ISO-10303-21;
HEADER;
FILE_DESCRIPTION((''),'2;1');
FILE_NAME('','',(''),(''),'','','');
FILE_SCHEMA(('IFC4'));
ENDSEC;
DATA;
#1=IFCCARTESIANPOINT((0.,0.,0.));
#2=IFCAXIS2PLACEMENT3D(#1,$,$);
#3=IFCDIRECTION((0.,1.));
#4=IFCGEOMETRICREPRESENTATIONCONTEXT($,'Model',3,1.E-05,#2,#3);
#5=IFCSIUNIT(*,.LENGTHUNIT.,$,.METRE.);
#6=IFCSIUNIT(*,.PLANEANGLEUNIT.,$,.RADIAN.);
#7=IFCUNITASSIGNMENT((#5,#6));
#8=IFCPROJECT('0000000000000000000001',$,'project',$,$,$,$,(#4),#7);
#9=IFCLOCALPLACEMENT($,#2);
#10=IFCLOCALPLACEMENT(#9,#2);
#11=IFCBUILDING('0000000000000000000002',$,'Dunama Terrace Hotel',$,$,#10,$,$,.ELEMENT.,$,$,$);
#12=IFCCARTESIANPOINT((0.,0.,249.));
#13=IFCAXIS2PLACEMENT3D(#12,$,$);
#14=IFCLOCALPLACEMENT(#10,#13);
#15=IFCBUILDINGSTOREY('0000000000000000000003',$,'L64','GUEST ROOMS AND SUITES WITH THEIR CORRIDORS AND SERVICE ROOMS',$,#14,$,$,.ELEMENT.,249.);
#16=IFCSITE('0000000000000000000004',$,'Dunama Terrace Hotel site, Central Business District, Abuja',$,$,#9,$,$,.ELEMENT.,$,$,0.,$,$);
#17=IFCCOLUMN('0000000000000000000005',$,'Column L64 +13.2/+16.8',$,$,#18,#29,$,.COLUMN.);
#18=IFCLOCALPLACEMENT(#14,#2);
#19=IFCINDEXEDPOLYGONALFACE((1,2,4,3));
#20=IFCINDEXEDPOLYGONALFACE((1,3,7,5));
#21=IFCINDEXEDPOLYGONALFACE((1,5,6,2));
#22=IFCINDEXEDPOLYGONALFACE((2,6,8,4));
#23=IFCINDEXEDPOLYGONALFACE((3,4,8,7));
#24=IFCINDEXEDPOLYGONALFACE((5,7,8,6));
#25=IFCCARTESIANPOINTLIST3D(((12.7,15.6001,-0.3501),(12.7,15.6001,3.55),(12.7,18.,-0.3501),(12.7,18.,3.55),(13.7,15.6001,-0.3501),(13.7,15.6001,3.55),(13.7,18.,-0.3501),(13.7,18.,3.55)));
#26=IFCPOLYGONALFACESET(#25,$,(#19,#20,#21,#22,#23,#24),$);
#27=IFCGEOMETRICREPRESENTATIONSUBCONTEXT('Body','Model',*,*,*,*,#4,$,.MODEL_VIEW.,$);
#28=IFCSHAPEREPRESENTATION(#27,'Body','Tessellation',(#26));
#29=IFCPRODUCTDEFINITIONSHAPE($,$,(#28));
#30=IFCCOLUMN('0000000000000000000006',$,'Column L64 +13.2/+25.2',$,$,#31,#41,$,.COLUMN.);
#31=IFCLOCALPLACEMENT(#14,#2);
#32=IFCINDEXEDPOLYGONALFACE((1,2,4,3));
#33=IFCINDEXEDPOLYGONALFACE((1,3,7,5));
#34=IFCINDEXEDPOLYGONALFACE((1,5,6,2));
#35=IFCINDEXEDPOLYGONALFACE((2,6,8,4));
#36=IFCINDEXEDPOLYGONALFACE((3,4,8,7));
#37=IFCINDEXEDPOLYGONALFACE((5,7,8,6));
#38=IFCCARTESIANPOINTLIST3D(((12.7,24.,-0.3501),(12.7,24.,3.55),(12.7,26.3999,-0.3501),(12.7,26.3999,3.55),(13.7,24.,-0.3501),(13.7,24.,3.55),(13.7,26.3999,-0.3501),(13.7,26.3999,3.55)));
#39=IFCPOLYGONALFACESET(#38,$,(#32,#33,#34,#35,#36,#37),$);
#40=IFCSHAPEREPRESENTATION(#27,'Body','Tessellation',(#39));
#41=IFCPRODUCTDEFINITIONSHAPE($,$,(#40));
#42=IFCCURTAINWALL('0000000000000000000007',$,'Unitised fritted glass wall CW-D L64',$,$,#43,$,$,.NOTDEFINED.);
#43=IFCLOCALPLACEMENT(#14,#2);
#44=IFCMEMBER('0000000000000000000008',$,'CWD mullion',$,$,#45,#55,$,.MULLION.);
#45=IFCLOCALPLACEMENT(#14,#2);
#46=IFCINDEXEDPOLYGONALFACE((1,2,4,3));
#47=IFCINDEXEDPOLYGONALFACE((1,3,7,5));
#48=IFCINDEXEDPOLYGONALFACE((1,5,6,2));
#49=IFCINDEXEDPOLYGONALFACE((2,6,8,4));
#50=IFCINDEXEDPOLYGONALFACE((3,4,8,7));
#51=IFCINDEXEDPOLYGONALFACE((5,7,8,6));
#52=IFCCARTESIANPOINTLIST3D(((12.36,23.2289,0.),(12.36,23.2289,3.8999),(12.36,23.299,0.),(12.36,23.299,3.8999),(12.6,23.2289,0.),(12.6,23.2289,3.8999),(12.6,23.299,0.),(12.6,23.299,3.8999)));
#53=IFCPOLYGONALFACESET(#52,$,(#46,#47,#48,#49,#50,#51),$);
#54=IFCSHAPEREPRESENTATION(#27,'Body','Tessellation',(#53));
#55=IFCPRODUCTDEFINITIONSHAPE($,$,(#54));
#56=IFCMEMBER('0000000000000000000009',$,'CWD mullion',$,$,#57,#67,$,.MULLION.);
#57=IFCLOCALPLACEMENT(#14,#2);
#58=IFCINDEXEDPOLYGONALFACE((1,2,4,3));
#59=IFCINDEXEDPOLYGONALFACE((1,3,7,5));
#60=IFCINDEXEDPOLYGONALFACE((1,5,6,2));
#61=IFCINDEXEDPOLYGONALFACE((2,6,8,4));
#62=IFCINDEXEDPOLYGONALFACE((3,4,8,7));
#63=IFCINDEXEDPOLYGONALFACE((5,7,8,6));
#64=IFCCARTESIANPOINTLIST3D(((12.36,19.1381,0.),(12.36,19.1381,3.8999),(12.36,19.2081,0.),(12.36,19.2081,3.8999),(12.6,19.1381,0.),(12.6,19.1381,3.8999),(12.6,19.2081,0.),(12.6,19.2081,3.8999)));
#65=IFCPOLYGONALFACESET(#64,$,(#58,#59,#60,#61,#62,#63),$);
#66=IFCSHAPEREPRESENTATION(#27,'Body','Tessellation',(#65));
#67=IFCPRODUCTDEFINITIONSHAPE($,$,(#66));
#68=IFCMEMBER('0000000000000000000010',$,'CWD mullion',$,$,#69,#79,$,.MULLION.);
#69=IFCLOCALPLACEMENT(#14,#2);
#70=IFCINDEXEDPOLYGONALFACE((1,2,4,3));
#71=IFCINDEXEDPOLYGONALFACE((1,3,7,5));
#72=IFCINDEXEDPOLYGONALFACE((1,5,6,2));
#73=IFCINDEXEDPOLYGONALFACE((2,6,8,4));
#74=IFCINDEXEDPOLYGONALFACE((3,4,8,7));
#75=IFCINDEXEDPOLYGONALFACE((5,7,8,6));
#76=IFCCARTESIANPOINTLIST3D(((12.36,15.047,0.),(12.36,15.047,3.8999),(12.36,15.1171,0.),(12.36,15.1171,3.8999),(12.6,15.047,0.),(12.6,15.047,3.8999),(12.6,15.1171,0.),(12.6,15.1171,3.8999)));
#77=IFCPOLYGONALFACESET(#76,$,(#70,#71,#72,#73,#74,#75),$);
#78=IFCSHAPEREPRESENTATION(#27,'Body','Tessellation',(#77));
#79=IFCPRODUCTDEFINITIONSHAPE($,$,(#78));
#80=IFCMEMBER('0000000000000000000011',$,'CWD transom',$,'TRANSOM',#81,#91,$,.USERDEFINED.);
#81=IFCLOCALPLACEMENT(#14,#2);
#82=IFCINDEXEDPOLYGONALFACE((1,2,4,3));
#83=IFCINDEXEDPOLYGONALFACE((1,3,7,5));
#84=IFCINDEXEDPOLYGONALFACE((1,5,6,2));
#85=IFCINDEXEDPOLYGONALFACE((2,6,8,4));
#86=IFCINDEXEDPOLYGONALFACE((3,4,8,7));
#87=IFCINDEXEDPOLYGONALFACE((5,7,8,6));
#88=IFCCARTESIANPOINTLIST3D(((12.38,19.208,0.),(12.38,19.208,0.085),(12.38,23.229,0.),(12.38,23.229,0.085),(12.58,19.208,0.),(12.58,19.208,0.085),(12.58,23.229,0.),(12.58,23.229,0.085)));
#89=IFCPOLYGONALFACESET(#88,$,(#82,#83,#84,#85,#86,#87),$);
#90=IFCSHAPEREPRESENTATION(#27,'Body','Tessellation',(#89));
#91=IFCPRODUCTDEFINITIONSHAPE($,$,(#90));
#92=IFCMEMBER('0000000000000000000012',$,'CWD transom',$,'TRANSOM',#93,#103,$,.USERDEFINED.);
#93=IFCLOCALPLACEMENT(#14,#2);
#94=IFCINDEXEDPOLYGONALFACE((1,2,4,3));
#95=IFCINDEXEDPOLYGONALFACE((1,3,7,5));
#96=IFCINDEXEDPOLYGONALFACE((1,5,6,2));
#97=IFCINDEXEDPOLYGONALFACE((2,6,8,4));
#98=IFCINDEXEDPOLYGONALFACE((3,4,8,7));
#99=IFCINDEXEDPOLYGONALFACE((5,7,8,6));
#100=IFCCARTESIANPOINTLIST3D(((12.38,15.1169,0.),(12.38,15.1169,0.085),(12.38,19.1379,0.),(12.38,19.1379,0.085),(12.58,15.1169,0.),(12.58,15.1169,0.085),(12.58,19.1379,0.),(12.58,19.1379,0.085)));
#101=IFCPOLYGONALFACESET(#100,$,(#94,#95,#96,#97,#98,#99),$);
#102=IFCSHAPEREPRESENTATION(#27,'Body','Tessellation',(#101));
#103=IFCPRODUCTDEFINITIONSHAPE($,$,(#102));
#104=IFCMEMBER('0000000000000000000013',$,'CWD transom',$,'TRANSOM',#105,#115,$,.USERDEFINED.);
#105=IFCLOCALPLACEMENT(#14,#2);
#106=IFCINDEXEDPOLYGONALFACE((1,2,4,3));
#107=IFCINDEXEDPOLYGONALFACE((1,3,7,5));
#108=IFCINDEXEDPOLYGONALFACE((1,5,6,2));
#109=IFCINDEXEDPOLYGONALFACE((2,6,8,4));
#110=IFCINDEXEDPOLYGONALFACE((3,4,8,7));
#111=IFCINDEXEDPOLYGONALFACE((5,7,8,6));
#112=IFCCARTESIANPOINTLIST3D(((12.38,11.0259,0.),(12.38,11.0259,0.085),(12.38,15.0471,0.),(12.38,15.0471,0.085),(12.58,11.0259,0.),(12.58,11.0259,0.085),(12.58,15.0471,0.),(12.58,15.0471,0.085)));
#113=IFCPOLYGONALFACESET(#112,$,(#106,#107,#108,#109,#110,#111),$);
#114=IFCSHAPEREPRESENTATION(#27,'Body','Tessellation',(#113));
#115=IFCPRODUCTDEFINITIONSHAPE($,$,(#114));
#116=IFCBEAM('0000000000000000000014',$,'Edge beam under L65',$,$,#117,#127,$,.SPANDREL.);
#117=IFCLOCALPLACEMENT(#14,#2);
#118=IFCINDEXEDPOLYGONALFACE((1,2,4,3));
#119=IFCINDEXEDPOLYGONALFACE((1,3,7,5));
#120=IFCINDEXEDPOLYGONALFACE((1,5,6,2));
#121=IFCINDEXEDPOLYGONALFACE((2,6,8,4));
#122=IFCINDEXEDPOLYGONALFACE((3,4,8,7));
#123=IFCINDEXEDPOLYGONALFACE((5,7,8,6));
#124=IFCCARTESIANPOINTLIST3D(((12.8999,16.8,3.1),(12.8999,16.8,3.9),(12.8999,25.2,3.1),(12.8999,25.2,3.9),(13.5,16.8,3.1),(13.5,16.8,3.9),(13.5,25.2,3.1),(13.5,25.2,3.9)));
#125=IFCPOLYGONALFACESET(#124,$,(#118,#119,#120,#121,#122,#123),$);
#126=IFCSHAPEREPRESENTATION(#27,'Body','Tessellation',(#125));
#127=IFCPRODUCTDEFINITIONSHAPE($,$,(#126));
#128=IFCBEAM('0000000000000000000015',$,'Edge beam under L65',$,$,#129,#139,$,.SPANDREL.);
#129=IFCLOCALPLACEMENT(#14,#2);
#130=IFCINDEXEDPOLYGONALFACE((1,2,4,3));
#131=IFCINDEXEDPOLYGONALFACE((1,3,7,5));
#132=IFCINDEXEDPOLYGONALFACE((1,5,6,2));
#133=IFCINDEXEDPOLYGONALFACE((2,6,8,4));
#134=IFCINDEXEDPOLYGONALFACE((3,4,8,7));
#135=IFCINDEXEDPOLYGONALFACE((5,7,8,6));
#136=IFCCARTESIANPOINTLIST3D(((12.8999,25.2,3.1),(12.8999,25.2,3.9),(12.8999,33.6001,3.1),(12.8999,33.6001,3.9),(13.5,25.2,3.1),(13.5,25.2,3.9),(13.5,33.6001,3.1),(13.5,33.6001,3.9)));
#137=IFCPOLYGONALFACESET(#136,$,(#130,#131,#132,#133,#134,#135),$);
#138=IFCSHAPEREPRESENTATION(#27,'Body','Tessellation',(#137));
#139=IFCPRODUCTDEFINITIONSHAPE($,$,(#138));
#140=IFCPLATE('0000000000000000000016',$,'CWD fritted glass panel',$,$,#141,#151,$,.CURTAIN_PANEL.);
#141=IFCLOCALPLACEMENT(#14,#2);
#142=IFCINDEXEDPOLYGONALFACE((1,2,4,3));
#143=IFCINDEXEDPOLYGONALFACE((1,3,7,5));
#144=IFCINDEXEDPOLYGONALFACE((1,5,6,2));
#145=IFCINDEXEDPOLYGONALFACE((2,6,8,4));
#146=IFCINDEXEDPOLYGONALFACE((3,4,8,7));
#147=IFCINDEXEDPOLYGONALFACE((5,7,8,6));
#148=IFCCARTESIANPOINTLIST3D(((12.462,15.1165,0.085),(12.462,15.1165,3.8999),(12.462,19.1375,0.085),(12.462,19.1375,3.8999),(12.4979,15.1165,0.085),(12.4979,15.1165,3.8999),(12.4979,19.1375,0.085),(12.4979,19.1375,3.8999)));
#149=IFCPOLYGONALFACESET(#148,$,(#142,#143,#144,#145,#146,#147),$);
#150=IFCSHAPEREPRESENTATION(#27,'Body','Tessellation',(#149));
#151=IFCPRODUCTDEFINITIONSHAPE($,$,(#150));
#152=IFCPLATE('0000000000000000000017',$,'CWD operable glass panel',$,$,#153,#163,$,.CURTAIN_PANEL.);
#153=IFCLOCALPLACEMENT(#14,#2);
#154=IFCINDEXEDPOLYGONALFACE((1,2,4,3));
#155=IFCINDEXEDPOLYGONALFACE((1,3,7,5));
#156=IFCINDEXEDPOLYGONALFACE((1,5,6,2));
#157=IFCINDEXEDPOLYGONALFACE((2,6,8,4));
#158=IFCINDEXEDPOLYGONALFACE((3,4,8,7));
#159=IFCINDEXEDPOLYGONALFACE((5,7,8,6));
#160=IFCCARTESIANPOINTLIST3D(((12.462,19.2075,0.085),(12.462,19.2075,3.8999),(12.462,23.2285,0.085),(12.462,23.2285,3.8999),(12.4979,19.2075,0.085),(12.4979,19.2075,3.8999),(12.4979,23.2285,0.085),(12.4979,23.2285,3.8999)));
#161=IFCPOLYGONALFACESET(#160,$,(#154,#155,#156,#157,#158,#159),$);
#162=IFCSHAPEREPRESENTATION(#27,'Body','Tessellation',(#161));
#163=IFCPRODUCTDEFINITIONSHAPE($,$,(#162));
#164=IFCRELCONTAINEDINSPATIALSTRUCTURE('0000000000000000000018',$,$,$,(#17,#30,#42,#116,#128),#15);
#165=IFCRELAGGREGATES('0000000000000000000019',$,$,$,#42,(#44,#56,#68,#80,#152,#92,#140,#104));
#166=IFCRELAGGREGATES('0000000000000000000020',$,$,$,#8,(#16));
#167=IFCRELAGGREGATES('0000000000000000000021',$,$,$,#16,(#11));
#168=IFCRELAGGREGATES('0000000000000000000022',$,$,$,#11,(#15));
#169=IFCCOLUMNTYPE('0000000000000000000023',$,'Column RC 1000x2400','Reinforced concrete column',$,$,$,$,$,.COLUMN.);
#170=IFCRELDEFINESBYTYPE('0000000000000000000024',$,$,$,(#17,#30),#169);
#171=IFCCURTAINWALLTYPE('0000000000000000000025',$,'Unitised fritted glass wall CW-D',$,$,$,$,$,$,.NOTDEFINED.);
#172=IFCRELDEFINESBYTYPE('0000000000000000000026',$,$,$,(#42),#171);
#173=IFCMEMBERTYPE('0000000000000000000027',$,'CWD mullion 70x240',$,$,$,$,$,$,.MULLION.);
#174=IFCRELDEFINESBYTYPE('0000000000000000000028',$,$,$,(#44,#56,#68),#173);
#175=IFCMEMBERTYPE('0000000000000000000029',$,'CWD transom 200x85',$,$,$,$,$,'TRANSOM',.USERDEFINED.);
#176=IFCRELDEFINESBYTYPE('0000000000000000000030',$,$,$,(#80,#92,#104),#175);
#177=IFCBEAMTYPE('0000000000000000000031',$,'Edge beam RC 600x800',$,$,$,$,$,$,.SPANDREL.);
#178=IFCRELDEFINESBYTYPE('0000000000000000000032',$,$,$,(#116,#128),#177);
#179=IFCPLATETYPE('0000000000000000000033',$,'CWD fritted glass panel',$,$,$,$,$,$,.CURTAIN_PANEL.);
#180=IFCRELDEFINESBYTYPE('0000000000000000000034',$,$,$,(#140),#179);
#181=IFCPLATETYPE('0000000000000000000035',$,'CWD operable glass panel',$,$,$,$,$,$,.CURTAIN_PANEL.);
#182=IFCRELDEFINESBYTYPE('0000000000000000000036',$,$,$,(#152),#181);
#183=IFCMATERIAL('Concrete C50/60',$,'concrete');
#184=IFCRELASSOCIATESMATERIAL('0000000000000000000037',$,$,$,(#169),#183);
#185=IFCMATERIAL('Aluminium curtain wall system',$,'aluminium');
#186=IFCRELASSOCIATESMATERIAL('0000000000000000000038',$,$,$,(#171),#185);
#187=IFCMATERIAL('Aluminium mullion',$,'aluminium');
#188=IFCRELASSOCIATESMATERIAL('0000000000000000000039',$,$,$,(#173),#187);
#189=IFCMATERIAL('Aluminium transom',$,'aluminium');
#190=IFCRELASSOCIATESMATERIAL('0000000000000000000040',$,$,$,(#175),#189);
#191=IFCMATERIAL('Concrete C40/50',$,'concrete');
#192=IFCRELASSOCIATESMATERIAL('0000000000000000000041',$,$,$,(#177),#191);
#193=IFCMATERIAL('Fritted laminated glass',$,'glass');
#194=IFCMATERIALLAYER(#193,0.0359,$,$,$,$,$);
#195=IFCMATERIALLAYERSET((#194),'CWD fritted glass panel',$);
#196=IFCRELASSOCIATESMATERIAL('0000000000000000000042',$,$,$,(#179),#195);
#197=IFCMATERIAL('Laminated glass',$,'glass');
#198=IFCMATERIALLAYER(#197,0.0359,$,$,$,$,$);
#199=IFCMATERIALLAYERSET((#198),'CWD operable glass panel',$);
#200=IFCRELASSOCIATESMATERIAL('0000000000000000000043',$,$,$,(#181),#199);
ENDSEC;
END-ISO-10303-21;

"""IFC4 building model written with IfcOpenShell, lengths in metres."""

from ifc_helpers import new_model, si_unit, direction, frame, origin, origin_2d, place, context, subcontext, project, spatial, rectangle, extrude, material, layer, layer_set, material_profile, profile_set, type_object, element, aggregate, save


model = new_model("IFC4")

# Units and contexts
model_context = context("Model", 3, precision=1e-05, world=origin(), true_north=direction((0.0, 1.0)))
body_context = subcontext(model_context, "Body", "Model", "MODEL_VIEW")
ifc_project = project(units=[si_unit("LENGTHUNIT", "METRE"), si_unit("PLANEANGLEUNIT", "RADIAN")], contexts=[model_context])

# Site, building, storey
site_placement = place(None, origin())
site = spatial("IfcSite", under=ifc_project, at=site_placement, Name="Dunama Terrace Hotel site, Central Business District, Abuja", CompositionType="ELEMENT", RefElevation=0.0)
building_placement = place(site_placement, origin())
building = spatial("IfcBuilding", under=site, at=building_placement, Name="Dunama Terrace Hotel", CompositionType="ELEMENT")
storey_placement = place(building_placement, frame((0.0, 0.0, 249.0)))
storey = spatial("IfcBuildingStorey", under=building, at=storey_placement, Name="L64", Description="GUEST ROOMS AND SUITES WITH THEIR CORRIDORS AND SERVICE ROOMS", CompositionType="ELEMENT", Elevation=249.0)

# Columns
ifc_material_1 = material(Name="Concrete C50/60", Category="concrete")
ifc_material_profile_1 = material_profile(ifc_material_1, rectangle(XDim=1.0, YDim=2.3999, at=origin_2d()), Name="RC 1000x2400")
ifc_profile_set_1 = profile_set([ifc_material_profile_1], Name="Concrete C50/60")
column_type = type_object("IfcColumnType", Name="Column RC 1000x2400", Description="Reinforced concrete column", PredefinedType="COLUMN", material=ifc_profile_set_1)
for number, where, z_axis, x_axis, name in (
    (1, (13.2, 16.8, -0.3501), (0.0, 0.0, 1.0), (1.0, 0.0, 0.0), "Column L64 +13.2/+16.8"),
    (2, (13.2, 25.2, -0.3501), (0.0, 0.0, 1.0), (1.0, 0.0, 0.0), "Column L64 +13.2/+25.2"),
):
    element("IfcColumn", number, at=place(storey_placement, frame(where, z_axis=z_axis, x_axis=x_axis)), inside=storey, type_object=column_type, Name=name, PredefinedType="COLUMN", context=body_context, shape_type="SweptSolid", body=[
        extrude(rectangle(XDim=1.0, YDim=2.3999, at=origin_2d()), origin(), (0.0, 0.0, 1.0), 3.9001),
    ])

# Curtain wall, members
ifc_material_2 = material(Name="Aluminium curtain wall system", Category="aluminium")
curtain_wall_type = type_object("IfcCurtainWallType", Name="Unitised fritted glass wall CW-D", PredefinedType="NOTDEFINED", material=ifc_material_2)
curtain_wall_placement = place(storey_placement, origin())
curtain_wall = element("IfcCurtainWall", 3, at=curtain_wall_placement, inside=storey, type_object=curtain_wall_type, Name="Unitised fritted glass wall CW-D L64", PredefinedType="NOTDEFINED")
ifc_material_3 = material(Name="Aluminium mullion", Category="aluminium")
ifc_material_profile_2 = material_profile(ifc_material_3, rectangle(XDim=0.0701, YDim=0.24, at=origin_2d()), Name="CWD MULLION 70X240")
ifc_profile_set_2 = profile_set([ifc_material_profile_2], Name="Aluminium mullion")
member_type_1 = type_object("IfcMemberType", Name="CWD mullion 70x240", PredefinedType="MULLION", material=ifc_profile_set_2)
member_1_placement = place(storey_placement, frame((12.48, 23.2639, 0.0), z_axis=(0.0, 0.0, 1.0), x_axis=(0.0, -1.0, 0.0)))
member_1 = element("IfcMember", 4, at=member_1_placement, type_object=member_type_1, Name="CWD mullion", PredefinedType="MULLION", context=body_context, shape_type="SweptSolid", body=[
    extrude(rectangle(XDim=0.0701, YDim=0.24, at=origin_2d()), origin(), (0.0, 0.0, 1.0), 3.8999),
])
member_2_placement = place(storey_placement, frame((12.48, 19.1731, 0.0), z_axis=(0.0, 0.0, 1.0), x_axis=(0.0, -1.0, 0.0)))
member_2 = element("IfcMember", 5, at=member_2_placement, type_object=member_type_1, Name="CWD mullion", PredefinedType="MULLION", context=body_context, shape_type="SweptSolid", body=[
    extrude(rectangle(XDim=0.0701, YDim=0.24, at=origin_2d()), origin(), (0.0, 0.0, 1.0), 3.8999),
])
member_3_placement = place(storey_placement, frame((12.48, 15.082, 0.0), z_axis=(0.0, 0.0, 1.0), x_axis=(0.0, -1.0, 0.0)))
member_3 = element("IfcMember", 6, at=member_3_placement, type_object=member_type_1, Name="CWD mullion", PredefinedType="MULLION", context=body_context, shape_type="SweptSolid", body=[
    extrude(rectangle(XDim=0.0701, YDim=0.24, at=origin_2d()), origin(), (0.0, 0.0, 1.0), 3.8999),
])
ifc_material_4 = material(Name="Aluminium transom", Category="aluminium")
ifc_material_profile_3 = material_profile(ifc_material_4, rectangle(XDim=0.2, YDim=0.085, at=origin_2d()), Name="CWD TRANSOM 200X85")
ifc_profile_set_3 = profile_set([ifc_material_profile_3], Name="Aluminium transom")
member_type_2 = type_object("IfcMemberType", Name="CWD transom 200x85", ElementType="TRANSOM", PredefinedType="USERDEFINED", material=ifc_profile_set_3)
member_4_placement = place(storey_placement, frame((12.48, 23.229, 0.0425), z_axis=(0.0, -1.0, 0.0), x_axis=(1.0, 0.0, 0.0)))
member_4 = element("IfcMember", 7, at=member_4_placement, type_object=member_type_2, Name="CWD transom", ObjectType="TRANSOM", PredefinedType="USERDEFINED", context=body_context, shape_type="SweptSolid", body=[
    extrude(rectangle(XDim=0.2, YDim=0.085, at=origin_2d()), origin(), (0.0, 0.0, 1.0), 4.021),
])
member_5_placement = place(storey_placement, frame((12.48, 19.1379, 0.0425), z_axis=(0.0, -1.0, 0.0), x_axis=(1.0, 0.0, 0.0)))
member_5 = element("IfcMember", 8, at=member_5_placement, type_object=member_type_2, Name="CWD transom", ObjectType="TRANSOM", PredefinedType="USERDEFINED", context=body_context, shape_type="SweptSolid", body=[
    extrude(rectangle(XDim=0.2, YDim=0.085, at=origin_2d()), origin(), (0.0, 0.0, 1.0), 4.021),
])
member_6_placement = place(storey_placement, frame((12.48, 15.0471, 0.0425), z_axis=(0.0, -1.0, 0.0), x_axis=(1.0, 0.0, 0.0)))
member_6 = element("IfcMember", 9, at=member_6_placement, type_object=member_type_2, Name="CWD transom", ObjectType="TRANSOM", PredefinedType="USERDEFINED", context=body_context, shape_type="SweptSolid", body=[
    extrude(rectangle(XDim=0.2, YDim=0.085, at=origin_2d()), origin(), (0.0, 0.0, 1.0), 4.0212),
])

# Beams
ifc_material_5 = material(Name="Concrete C40/50", Category="concrete")
ifc_material_profile_4 = material_profile(ifc_material_5, rectangle(XDim=0.6001, YDim=0.8, at=origin_2d()), Name="RC 600x800")
ifc_profile_set_4 = profile_set([ifc_material_profile_4], Name="Concrete C40/50")
beam_type = type_object("IfcBeamType", Name="Edge beam RC 600x800", PredefinedType="SPANDREL", material=ifc_profile_set_4)
beam_1_placement = place(storey_placement, frame((13.2, 16.8, 3.5), z_axis=(0.0, 1.0, 0.0), x_axis=(-1.0, 0.0, 0.0)))
element("IfcBeam", 10, at=beam_1_placement, inside=storey, type_object=beam_type, Name="Edge beam under L65", PredefinedType="SPANDREL", context=body_context, shape_type="SweptSolid", body=[
    extrude(rectangle(XDim=0.6001, YDim=0.8, at=origin_2d()), origin(), (0.0, 0.0, 1.0), 8.3999),
])
beam_2_placement = place(storey_placement, frame((13.2, 25.2, 3.5), z_axis=(0.0, 1.0, 0.0), x_axis=(-1.0, 0.0, 0.0)))
element("IfcBeam", 11, at=beam_2_placement, inside=storey, type_object=beam_type, Name="Edge beam under L65", PredefinedType="SPANDREL", context=body_context, shape_type="SweptSolid", body=[
    extrude(rectangle(XDim=0.6001, YDim=0.8, at=origin_2d()), origin(), (0.0, 0.0, 1.0), 8.4001),
])

# Plates
ifc_material_6 = material(Name="Fritted laminated glass", Category="glass")
ifc_layer_1 = layer(ifc_material_6, 0.0359)
ifc_layer_set_1 = layer_set([ifc_layer_1], Name="CWD fritted glass panel")
plate_type_1 = type_object("IfcPlateType", Name="CWD fritted glass panel", PredefinedType="CURTAIN_PANEL", material=ifc_layer_set_1)
plate_1_placement = place(storey_placement, frame((12.48, 17.127, 0.085), z_axis=(0.0, 0.0, 1.0), x_axis=(0.0, -1.0, 0.0)))
plate_1 = element("IfcPlate", 12, at=plate_1_placement, type_object=plate_type_1, Name="CWD fritted glass panel", PredefinedType="CURTAIN_PANEL", context=body_context, shape_type="SweptSolid", body=[
    extrude(rectangle(XDim=4.021, YDim=0.0359, at=origin_2d()), origin(), (0.0, 0.0, 1.0), 3.8149),
])
ifc_material_7 = material(Name="Laminated glass", Category="glass")
ifc_layer_2 = layer(ifc_material_7, 0.0359)
ifc_layer_set_2 = layer_set([ifc_layer_2], Name="CWD operable glass panel")
plate_type_2 = type_object("IfcPlateType", Name="CWD operable glass panel", PredefinedType="CURTAIN_PANEL", material=ifc_layer_set_2)
plate_2_placement = place(storey_placement, frame((12.48, 21.218, 0.085), z_axis=(0.0, 0.0, 1.0), x_axis=(0.0, -1.0, 0.0)))
plate_2 = element("IfcPlate", 13, at=plate_2_placement, type_object=plate_type_2, Name="CWD operable glass panel", PredefinedType="CURTAIN_PANEL", context=body_context, shape_type="SweptSolid", body=[
    extrude(rectangle(XDim=4.021, YDim=0.0359, at=origin_2d()), origin(), (0.0, 0.0, 1.0), 3.8149),
])
aggregate(curtain_wall, [member_1, member_2, member_3, member_4, plate_2, member_5, plate_1, member_6])

save(model, "model.ifc")
